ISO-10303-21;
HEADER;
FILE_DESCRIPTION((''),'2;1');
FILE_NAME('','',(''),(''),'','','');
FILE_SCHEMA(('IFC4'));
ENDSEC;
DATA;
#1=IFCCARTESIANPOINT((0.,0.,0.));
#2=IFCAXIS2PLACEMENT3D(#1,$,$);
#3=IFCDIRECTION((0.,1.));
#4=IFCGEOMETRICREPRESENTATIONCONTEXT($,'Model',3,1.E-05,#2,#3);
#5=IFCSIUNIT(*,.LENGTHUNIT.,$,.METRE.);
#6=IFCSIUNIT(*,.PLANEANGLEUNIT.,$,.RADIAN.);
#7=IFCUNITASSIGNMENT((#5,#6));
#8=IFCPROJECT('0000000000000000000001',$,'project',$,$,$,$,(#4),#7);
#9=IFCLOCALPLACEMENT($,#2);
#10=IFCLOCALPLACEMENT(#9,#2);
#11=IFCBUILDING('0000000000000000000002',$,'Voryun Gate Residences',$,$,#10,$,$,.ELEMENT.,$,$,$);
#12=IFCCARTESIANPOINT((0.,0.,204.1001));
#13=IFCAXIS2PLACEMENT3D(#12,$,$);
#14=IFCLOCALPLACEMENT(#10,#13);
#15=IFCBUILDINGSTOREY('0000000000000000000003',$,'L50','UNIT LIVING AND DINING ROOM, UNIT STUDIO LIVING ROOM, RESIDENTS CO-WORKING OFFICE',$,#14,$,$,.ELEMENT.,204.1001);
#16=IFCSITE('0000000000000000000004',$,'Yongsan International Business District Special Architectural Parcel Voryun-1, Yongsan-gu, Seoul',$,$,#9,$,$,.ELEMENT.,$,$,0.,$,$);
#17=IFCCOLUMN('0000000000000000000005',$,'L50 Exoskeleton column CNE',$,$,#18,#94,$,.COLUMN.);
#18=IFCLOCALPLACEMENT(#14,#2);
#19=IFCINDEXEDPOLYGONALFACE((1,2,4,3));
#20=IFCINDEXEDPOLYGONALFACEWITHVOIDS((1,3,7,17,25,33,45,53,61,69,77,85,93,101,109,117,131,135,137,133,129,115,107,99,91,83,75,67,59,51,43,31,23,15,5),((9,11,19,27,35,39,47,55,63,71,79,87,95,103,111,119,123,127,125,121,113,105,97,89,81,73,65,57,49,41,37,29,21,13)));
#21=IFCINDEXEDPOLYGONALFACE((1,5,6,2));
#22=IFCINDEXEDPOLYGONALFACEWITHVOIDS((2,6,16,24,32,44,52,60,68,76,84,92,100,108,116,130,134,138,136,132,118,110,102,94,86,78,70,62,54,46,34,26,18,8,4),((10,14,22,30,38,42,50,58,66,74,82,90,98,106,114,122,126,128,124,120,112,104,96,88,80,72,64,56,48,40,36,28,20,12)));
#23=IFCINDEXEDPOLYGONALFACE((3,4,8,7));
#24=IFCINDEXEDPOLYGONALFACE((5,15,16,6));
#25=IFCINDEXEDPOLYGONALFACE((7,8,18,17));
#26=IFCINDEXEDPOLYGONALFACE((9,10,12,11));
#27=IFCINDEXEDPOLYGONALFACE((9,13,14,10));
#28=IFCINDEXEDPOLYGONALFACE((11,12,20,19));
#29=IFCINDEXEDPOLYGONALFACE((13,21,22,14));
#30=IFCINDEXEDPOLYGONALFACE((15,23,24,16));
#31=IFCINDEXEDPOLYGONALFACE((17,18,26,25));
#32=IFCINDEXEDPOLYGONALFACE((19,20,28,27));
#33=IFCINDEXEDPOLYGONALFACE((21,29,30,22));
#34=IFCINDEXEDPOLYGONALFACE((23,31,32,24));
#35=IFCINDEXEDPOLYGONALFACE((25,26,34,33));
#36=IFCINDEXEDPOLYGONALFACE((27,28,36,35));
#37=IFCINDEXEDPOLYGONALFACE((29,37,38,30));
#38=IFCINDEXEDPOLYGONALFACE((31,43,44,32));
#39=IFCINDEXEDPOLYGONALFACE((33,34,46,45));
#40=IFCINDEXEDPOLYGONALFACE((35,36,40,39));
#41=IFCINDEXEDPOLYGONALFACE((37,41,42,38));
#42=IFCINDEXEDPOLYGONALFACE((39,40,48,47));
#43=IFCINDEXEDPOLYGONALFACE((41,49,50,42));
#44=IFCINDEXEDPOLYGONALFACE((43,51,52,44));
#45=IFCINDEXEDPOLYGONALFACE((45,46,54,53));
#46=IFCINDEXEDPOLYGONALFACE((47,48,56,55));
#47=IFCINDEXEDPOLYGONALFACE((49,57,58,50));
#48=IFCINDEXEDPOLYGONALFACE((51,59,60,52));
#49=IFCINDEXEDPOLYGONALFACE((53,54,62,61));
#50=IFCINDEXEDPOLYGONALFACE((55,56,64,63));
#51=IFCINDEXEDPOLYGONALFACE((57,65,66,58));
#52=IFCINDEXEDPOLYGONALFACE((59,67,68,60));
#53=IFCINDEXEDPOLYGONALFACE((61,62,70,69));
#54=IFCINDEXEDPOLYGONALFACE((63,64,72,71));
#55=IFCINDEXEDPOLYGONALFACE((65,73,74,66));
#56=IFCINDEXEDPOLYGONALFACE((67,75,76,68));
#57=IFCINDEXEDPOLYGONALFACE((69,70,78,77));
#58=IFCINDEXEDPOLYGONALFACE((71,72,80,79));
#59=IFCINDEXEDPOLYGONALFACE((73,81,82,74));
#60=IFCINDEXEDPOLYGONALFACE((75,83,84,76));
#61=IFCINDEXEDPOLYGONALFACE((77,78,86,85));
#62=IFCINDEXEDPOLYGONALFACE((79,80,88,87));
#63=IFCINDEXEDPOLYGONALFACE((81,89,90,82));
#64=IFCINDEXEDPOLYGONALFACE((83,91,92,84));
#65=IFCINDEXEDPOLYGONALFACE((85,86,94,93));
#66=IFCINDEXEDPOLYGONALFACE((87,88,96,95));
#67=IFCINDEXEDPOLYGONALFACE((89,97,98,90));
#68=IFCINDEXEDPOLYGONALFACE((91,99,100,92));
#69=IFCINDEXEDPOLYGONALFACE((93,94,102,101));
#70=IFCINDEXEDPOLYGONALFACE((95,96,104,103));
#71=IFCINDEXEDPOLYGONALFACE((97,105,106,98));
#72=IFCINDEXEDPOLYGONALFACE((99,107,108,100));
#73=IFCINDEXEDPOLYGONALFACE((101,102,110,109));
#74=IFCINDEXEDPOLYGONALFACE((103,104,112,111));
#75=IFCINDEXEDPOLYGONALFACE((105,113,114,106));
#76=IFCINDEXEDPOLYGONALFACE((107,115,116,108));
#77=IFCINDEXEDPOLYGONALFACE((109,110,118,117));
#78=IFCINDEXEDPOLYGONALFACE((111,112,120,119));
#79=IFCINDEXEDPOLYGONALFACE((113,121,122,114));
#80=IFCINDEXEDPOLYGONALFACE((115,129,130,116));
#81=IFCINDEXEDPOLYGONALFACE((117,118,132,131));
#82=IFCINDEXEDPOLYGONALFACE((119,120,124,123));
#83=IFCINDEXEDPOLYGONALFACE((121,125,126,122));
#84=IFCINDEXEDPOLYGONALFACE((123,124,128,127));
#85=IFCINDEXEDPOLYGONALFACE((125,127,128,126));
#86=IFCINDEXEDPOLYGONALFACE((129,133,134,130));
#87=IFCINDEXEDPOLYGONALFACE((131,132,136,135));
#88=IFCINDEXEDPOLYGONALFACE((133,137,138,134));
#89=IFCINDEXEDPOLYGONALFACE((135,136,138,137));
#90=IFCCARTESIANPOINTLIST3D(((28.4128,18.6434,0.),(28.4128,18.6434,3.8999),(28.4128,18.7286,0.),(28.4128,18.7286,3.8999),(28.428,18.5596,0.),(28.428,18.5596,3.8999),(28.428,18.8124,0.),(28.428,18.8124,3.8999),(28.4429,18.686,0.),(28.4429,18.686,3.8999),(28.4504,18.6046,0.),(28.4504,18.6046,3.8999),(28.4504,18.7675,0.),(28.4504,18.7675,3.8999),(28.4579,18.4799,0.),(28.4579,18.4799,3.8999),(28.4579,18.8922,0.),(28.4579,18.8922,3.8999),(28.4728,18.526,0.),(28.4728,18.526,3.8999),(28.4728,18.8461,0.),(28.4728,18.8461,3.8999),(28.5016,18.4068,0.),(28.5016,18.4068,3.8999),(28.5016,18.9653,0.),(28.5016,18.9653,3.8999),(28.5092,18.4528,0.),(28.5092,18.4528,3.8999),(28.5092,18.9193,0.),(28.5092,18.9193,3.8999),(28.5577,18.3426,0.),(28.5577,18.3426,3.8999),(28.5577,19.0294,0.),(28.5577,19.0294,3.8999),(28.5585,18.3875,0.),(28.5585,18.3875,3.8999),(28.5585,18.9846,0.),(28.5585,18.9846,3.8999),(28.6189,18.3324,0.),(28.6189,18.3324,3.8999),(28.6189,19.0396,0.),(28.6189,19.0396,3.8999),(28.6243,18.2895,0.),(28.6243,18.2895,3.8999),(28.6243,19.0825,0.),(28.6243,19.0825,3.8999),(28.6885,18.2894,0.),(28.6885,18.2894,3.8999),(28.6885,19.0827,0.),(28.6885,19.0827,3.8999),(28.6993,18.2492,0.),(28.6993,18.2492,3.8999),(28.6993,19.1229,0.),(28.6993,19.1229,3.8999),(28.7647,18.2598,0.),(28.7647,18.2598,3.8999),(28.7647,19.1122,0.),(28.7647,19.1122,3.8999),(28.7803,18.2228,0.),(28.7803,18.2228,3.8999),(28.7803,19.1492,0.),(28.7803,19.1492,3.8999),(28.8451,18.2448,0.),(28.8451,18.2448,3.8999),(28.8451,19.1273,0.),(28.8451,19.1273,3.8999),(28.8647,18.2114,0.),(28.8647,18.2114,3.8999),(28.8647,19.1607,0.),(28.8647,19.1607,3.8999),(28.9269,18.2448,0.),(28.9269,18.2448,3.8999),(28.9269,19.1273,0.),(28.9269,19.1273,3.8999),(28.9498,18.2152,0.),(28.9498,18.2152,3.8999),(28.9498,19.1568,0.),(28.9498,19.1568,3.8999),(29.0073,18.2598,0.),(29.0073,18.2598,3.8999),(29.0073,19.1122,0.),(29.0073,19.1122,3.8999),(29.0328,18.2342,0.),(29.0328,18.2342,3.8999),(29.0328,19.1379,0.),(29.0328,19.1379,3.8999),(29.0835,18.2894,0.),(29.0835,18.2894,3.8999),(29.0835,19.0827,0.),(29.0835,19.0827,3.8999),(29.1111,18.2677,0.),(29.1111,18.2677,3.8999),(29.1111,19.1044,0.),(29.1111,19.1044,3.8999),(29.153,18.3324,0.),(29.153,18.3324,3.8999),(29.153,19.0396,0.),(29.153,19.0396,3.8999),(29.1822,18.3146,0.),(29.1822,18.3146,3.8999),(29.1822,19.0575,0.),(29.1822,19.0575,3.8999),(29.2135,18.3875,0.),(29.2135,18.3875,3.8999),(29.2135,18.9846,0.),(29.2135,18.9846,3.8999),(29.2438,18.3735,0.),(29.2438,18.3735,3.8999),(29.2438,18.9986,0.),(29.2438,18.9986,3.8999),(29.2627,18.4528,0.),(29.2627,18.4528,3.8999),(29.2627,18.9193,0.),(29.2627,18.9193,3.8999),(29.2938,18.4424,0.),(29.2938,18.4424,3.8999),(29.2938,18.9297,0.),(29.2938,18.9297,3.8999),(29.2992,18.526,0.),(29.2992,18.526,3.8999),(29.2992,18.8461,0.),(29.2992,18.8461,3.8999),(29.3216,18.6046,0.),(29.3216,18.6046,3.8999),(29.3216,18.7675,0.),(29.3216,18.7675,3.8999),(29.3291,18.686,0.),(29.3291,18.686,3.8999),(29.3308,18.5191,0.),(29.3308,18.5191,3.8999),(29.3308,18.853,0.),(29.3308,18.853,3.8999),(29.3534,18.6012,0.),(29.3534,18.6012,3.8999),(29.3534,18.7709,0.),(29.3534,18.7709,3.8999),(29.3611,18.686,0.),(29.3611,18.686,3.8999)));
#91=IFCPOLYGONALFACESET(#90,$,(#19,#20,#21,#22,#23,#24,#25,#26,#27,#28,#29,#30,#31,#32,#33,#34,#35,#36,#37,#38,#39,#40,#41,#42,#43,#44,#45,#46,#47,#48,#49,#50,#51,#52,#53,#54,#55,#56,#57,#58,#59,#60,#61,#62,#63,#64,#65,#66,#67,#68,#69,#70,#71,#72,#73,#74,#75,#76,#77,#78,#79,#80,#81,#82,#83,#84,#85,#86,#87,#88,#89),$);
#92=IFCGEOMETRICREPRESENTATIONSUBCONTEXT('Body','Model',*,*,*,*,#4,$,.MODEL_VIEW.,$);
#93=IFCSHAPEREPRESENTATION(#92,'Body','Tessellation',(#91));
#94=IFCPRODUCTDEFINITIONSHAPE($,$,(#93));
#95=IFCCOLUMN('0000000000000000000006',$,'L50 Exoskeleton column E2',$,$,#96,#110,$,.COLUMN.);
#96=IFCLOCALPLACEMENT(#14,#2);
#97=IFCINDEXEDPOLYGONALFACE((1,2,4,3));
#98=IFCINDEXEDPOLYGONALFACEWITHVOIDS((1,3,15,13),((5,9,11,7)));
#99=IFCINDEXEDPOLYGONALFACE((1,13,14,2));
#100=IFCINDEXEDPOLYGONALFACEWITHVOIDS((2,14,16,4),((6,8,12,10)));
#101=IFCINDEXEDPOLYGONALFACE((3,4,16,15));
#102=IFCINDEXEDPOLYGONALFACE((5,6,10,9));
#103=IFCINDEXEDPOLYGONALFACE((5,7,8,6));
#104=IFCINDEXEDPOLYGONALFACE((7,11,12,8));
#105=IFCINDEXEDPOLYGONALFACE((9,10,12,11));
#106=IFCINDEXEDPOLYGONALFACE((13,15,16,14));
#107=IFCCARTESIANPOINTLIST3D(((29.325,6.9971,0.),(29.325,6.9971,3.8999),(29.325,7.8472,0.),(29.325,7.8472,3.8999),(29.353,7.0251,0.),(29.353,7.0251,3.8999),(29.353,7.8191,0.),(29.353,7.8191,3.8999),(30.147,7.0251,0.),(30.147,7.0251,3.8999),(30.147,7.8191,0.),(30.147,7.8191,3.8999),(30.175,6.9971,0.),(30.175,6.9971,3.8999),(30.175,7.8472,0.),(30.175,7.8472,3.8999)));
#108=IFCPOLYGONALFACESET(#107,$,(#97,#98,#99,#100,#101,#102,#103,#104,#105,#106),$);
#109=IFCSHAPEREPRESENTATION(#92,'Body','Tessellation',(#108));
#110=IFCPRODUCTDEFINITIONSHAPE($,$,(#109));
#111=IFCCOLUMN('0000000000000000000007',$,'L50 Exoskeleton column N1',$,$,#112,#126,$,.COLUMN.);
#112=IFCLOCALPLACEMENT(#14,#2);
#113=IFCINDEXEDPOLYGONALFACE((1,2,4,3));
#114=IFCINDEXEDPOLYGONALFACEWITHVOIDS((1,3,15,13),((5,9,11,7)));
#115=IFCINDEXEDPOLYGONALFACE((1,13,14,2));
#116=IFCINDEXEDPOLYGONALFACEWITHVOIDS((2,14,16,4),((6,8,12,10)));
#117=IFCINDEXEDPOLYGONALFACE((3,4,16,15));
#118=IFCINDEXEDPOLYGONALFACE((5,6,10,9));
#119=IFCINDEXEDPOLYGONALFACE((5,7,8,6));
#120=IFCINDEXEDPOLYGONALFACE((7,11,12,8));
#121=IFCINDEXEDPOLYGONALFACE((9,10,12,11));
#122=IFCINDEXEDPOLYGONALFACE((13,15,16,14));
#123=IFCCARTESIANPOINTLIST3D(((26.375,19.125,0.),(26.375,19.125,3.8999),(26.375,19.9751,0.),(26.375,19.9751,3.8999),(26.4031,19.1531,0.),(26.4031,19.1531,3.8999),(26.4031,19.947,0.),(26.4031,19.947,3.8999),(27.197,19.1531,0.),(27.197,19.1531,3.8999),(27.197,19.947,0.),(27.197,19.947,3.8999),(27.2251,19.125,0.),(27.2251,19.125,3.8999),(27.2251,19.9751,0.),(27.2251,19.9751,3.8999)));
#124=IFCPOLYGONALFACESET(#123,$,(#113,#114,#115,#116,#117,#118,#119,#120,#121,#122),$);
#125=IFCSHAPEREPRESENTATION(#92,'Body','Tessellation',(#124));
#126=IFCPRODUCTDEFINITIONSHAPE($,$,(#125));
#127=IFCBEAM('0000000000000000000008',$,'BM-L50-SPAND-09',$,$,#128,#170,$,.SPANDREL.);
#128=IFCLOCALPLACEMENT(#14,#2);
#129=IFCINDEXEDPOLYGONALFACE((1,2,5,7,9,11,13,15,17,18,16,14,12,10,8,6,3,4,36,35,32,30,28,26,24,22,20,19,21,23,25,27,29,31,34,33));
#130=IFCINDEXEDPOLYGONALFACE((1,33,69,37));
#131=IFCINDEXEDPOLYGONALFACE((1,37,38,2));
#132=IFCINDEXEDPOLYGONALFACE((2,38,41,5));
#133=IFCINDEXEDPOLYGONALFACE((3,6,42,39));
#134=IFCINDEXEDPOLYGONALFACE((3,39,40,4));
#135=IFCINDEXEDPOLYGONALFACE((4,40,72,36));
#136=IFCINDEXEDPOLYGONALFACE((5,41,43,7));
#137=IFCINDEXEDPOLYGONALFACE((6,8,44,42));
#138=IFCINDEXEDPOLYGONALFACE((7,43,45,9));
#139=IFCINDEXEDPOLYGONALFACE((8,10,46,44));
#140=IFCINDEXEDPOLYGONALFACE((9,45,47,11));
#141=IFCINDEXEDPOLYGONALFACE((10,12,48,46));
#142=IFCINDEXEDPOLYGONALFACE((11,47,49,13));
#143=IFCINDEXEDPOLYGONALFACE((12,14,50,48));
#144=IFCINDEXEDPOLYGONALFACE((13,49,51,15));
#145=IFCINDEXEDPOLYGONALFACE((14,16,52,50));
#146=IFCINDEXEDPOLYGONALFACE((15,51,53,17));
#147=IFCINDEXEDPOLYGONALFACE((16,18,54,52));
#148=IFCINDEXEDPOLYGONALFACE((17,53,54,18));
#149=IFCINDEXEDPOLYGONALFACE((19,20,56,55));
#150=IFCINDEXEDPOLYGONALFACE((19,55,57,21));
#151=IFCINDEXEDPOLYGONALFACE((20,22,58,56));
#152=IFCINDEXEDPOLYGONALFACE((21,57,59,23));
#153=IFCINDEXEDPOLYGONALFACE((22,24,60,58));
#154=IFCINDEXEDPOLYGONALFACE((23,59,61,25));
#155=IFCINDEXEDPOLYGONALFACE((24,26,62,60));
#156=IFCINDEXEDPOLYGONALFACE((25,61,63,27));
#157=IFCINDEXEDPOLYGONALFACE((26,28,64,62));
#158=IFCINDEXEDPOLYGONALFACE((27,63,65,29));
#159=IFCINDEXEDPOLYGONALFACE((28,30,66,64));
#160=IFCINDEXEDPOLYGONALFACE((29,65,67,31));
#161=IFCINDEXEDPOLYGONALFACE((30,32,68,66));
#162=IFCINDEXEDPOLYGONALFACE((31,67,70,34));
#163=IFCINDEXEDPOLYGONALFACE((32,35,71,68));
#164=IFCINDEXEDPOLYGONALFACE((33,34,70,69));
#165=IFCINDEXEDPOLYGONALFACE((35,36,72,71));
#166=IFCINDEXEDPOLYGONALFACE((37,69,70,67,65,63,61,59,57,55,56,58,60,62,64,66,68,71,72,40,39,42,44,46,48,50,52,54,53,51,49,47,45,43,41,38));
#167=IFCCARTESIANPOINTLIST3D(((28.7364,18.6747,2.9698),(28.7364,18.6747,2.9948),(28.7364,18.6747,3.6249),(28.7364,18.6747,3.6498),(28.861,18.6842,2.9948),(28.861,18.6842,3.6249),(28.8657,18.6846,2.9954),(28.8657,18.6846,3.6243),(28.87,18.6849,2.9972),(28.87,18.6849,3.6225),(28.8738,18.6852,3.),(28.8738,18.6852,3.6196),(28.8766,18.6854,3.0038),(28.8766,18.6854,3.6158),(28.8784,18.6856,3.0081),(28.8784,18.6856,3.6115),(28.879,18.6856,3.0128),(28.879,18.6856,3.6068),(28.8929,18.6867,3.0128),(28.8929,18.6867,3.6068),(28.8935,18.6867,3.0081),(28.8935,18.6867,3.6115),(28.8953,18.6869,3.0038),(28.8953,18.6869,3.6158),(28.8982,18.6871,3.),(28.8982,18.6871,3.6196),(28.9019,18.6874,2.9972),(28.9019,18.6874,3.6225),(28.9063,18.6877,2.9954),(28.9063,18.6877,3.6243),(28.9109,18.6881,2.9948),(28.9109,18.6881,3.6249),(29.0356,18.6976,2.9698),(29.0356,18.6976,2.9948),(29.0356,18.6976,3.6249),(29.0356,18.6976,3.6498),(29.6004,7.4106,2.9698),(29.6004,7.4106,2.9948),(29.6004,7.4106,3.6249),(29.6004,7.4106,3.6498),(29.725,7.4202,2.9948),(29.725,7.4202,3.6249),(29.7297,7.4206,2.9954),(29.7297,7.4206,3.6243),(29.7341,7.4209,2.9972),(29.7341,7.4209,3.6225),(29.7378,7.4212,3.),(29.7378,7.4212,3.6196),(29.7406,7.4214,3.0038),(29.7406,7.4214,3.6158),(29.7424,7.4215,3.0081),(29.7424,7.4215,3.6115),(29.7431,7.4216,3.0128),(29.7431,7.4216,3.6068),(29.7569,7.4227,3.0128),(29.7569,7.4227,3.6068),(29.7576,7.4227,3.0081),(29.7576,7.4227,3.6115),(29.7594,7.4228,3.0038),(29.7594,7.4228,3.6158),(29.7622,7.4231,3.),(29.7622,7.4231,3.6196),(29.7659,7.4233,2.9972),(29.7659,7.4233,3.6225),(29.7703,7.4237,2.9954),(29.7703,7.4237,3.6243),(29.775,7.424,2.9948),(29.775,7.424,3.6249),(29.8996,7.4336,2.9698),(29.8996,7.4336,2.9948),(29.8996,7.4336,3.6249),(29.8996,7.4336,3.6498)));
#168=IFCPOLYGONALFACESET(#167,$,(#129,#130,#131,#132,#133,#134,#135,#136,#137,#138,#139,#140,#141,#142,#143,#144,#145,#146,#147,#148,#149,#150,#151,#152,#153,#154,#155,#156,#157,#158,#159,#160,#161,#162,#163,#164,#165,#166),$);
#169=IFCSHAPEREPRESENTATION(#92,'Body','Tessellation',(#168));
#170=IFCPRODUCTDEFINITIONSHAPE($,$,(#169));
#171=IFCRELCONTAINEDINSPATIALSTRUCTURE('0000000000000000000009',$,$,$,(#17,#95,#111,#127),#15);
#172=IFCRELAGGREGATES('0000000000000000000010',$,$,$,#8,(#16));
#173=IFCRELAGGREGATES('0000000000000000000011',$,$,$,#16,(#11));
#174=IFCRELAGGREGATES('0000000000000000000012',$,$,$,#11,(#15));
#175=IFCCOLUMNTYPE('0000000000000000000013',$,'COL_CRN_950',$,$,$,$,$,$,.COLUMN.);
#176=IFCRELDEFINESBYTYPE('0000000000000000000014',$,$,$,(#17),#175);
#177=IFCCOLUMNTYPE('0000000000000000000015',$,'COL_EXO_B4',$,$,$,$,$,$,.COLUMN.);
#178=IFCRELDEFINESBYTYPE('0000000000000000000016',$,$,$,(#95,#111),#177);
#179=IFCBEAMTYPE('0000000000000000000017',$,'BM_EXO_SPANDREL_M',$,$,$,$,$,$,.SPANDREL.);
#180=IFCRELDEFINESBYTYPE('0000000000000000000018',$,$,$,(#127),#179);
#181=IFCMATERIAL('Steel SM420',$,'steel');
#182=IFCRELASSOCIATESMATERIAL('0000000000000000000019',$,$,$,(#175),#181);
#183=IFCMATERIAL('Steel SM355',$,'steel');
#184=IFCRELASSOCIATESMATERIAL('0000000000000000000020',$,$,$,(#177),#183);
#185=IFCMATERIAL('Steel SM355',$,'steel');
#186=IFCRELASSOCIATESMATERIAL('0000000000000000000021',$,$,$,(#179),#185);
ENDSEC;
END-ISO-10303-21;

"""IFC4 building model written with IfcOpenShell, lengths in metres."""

from ifc_helpers import new_model, si_unit, direction, frame, origin, origin_2d, place, context, subcontext, project, spatial, hollow_rectangle, hollow_circle, i_section, extrude, material, material_profile, profile_set, type_object, element, save


model = new_model("IFC4")

# Units and contexts
model_context = context("Model", 3, precision=1e-05, world=origin(), true_north=direction((0.0, 1.0)))
body_context = subcontext(model_context, "Body", "Model", "MODEL_VIEW")
ifc_project = project(units=[si_unit("LENGTHUNIT", "METRE"), si_unit("PLANEANGLEUNIT", "RADIAN")], contexts=[model_context])

# Site, building, storey
site_placement = place(None, origin())
site = spatial("IfcSite", under=ifc_project, at=site_placement, Name="Yongsan International Business District Special Architectural Parcel Voryun-1, Yongsan-gu, Seoul", CompositionType="ELEMENT", RefElevation=0.0)
building_placement = place(site_placement, origin())
building = spatial("IfcBuilding", under=site, at=building_placement, Name="Voryun Gate Residences", CompositionType="ELEMENT")
storey_placement = place(building_placement, frame((0.0, 0.0, 204.1001)))
storey = spatial("IfcBuildingStorey", under=building, at=storey_placement, Name="L50", Description="UNIT LIVING AND DINING ROOM, UNIT STUDIO LIVING ROOM, RESIDENTS CO-WORKING OFFICE", CompositionType="ELEMENT", Elevation=204.1001)

# Columns
ifc_material_1 = material(Name="Steel SM420", Category="steel")
ifc_material_profile_1 = material_profile(ifc_material_1, hollow_circle(Radius=0.4751, WallThickness=0.032, at=origin_2d()), Name="CHS-950x32")
ifc_profile_set_1 = profile_set([ifc_material_profile_1], Name="Steel SM420")
column_type_1 = type_object("IfcColumnType", Name="COL_CRN_950", PredefinedType="COLUMN", material=ifc_profile_set_1)
column_placement = place(storey_placement, frame((28.886, 18.686, 0.0), z_axis=(0.0, 0.0, 1.0), x_axis=(1.0, 0.0, 0.0)))
element("IfcColumn", 1, at=column_placement, inside=storey, type_object=column_type_1, Name="L50 Exoskeleton column CNE", PredefinedType="COLUMN", context=body_context, shape_type="SweptSolid", body=[
    extrude(hollow_circle(Radius=0.4751, WallThickness=0.032, at=origin_2d()), origin(), (0.0, 0.0, 1.0), 3.8999),
])
ifc_material_2 = material(Name="Steel SM355", Category="steel")
ifc_material_profile_2 = material_profile(ifc_material_2, hollow_rectangle(XDim=0.8501, YDim=0.8501, WallThickness=0.0281, at=origin_2d()), Name="BOX-850x850x28")
ifc_profile_set_2 = profile_set([ifc_material_profile_2], Name="Steel SM355")
column_type_2 = type_object("IfcColumnType", Name="COL_EXO_B4", PredefinedType="COLUMN", material=ifc_profile_set_2)
for number, where, z_axis, x_axis, name in (
    (2, (29.75, 7.4221, 0.0), (0.0, 0.0, 1.0), (1.0, 0.0, 0.0), "L50 Exoskeleton column E2"),
    (3, (26.8, 19.55, 0.0), (0.0, 0.0, 1.0), (1.0, 0.0, 0.0), "L50 Exoskeleton column N1"),
):
    element("IfcColumn", number, at=place(storey_placement, frame(where, z_axis=z_axis, x_axis=x_axis)), inside=storey, type_object=column_type_2, Name=name, PredefinedType="COLUMN", context=body_context, shape_type="SweptSolid", body=[
        extrude(hollow_rectangle(XDim=0.8501, YDim=0.8501, WallThickness=0.0281, at=origin_2d()), origin(), (0.0, 0.0, 1.0), 3.8999),
    ])

# Beam
ifc_material_3 = material(Name="Steel SM355", Category="steel")
ifc_material_profile_3 = material_profile(ifc_material_3, i_section(OverallWidth=0.3, OverallDepth=0.6799, WebThickness=0.0139, FlangeThickness=0.0249, FilletRadius=0.0181, at=origin_2d()), Name="H-680x300x14x25")
ifc_profile_set_3 = profile_set([ifc_material_profile_3], Name="Steel SM355")
beam_type = type_object("IfcBeamType", Name="BM_EXO_SPANDREL_M", PredefinedType="SPANDREL", material=ifc_profile_set_3)
beam_1_placement = place(storey_placement, frame((29.75, 7.4221, 3.3098), z_axis=(-0.076482, 0.997071, 0.0), x_axis=(-0.997071, -0.076482, 0.0)))
element("IfcBeam", 4, at=beam_1_placement, inside=storey, type_object=beam_type, Name="BM-L50-SPAND-09", PredefinedType="SPANDREL", context=body_context, shape_type="SweptSolid", body=[
    extrude(i_section(OverallWidth=0.3, OverallDepth=0.6799, WebThickness=0.0139, FlangeThickness=0.0249, FilletRadius=0.0181, at=origin_2d()), origin(), (0.0, 0.0, 1.0), 11.2971),
])

save(model, "model.ifc")
